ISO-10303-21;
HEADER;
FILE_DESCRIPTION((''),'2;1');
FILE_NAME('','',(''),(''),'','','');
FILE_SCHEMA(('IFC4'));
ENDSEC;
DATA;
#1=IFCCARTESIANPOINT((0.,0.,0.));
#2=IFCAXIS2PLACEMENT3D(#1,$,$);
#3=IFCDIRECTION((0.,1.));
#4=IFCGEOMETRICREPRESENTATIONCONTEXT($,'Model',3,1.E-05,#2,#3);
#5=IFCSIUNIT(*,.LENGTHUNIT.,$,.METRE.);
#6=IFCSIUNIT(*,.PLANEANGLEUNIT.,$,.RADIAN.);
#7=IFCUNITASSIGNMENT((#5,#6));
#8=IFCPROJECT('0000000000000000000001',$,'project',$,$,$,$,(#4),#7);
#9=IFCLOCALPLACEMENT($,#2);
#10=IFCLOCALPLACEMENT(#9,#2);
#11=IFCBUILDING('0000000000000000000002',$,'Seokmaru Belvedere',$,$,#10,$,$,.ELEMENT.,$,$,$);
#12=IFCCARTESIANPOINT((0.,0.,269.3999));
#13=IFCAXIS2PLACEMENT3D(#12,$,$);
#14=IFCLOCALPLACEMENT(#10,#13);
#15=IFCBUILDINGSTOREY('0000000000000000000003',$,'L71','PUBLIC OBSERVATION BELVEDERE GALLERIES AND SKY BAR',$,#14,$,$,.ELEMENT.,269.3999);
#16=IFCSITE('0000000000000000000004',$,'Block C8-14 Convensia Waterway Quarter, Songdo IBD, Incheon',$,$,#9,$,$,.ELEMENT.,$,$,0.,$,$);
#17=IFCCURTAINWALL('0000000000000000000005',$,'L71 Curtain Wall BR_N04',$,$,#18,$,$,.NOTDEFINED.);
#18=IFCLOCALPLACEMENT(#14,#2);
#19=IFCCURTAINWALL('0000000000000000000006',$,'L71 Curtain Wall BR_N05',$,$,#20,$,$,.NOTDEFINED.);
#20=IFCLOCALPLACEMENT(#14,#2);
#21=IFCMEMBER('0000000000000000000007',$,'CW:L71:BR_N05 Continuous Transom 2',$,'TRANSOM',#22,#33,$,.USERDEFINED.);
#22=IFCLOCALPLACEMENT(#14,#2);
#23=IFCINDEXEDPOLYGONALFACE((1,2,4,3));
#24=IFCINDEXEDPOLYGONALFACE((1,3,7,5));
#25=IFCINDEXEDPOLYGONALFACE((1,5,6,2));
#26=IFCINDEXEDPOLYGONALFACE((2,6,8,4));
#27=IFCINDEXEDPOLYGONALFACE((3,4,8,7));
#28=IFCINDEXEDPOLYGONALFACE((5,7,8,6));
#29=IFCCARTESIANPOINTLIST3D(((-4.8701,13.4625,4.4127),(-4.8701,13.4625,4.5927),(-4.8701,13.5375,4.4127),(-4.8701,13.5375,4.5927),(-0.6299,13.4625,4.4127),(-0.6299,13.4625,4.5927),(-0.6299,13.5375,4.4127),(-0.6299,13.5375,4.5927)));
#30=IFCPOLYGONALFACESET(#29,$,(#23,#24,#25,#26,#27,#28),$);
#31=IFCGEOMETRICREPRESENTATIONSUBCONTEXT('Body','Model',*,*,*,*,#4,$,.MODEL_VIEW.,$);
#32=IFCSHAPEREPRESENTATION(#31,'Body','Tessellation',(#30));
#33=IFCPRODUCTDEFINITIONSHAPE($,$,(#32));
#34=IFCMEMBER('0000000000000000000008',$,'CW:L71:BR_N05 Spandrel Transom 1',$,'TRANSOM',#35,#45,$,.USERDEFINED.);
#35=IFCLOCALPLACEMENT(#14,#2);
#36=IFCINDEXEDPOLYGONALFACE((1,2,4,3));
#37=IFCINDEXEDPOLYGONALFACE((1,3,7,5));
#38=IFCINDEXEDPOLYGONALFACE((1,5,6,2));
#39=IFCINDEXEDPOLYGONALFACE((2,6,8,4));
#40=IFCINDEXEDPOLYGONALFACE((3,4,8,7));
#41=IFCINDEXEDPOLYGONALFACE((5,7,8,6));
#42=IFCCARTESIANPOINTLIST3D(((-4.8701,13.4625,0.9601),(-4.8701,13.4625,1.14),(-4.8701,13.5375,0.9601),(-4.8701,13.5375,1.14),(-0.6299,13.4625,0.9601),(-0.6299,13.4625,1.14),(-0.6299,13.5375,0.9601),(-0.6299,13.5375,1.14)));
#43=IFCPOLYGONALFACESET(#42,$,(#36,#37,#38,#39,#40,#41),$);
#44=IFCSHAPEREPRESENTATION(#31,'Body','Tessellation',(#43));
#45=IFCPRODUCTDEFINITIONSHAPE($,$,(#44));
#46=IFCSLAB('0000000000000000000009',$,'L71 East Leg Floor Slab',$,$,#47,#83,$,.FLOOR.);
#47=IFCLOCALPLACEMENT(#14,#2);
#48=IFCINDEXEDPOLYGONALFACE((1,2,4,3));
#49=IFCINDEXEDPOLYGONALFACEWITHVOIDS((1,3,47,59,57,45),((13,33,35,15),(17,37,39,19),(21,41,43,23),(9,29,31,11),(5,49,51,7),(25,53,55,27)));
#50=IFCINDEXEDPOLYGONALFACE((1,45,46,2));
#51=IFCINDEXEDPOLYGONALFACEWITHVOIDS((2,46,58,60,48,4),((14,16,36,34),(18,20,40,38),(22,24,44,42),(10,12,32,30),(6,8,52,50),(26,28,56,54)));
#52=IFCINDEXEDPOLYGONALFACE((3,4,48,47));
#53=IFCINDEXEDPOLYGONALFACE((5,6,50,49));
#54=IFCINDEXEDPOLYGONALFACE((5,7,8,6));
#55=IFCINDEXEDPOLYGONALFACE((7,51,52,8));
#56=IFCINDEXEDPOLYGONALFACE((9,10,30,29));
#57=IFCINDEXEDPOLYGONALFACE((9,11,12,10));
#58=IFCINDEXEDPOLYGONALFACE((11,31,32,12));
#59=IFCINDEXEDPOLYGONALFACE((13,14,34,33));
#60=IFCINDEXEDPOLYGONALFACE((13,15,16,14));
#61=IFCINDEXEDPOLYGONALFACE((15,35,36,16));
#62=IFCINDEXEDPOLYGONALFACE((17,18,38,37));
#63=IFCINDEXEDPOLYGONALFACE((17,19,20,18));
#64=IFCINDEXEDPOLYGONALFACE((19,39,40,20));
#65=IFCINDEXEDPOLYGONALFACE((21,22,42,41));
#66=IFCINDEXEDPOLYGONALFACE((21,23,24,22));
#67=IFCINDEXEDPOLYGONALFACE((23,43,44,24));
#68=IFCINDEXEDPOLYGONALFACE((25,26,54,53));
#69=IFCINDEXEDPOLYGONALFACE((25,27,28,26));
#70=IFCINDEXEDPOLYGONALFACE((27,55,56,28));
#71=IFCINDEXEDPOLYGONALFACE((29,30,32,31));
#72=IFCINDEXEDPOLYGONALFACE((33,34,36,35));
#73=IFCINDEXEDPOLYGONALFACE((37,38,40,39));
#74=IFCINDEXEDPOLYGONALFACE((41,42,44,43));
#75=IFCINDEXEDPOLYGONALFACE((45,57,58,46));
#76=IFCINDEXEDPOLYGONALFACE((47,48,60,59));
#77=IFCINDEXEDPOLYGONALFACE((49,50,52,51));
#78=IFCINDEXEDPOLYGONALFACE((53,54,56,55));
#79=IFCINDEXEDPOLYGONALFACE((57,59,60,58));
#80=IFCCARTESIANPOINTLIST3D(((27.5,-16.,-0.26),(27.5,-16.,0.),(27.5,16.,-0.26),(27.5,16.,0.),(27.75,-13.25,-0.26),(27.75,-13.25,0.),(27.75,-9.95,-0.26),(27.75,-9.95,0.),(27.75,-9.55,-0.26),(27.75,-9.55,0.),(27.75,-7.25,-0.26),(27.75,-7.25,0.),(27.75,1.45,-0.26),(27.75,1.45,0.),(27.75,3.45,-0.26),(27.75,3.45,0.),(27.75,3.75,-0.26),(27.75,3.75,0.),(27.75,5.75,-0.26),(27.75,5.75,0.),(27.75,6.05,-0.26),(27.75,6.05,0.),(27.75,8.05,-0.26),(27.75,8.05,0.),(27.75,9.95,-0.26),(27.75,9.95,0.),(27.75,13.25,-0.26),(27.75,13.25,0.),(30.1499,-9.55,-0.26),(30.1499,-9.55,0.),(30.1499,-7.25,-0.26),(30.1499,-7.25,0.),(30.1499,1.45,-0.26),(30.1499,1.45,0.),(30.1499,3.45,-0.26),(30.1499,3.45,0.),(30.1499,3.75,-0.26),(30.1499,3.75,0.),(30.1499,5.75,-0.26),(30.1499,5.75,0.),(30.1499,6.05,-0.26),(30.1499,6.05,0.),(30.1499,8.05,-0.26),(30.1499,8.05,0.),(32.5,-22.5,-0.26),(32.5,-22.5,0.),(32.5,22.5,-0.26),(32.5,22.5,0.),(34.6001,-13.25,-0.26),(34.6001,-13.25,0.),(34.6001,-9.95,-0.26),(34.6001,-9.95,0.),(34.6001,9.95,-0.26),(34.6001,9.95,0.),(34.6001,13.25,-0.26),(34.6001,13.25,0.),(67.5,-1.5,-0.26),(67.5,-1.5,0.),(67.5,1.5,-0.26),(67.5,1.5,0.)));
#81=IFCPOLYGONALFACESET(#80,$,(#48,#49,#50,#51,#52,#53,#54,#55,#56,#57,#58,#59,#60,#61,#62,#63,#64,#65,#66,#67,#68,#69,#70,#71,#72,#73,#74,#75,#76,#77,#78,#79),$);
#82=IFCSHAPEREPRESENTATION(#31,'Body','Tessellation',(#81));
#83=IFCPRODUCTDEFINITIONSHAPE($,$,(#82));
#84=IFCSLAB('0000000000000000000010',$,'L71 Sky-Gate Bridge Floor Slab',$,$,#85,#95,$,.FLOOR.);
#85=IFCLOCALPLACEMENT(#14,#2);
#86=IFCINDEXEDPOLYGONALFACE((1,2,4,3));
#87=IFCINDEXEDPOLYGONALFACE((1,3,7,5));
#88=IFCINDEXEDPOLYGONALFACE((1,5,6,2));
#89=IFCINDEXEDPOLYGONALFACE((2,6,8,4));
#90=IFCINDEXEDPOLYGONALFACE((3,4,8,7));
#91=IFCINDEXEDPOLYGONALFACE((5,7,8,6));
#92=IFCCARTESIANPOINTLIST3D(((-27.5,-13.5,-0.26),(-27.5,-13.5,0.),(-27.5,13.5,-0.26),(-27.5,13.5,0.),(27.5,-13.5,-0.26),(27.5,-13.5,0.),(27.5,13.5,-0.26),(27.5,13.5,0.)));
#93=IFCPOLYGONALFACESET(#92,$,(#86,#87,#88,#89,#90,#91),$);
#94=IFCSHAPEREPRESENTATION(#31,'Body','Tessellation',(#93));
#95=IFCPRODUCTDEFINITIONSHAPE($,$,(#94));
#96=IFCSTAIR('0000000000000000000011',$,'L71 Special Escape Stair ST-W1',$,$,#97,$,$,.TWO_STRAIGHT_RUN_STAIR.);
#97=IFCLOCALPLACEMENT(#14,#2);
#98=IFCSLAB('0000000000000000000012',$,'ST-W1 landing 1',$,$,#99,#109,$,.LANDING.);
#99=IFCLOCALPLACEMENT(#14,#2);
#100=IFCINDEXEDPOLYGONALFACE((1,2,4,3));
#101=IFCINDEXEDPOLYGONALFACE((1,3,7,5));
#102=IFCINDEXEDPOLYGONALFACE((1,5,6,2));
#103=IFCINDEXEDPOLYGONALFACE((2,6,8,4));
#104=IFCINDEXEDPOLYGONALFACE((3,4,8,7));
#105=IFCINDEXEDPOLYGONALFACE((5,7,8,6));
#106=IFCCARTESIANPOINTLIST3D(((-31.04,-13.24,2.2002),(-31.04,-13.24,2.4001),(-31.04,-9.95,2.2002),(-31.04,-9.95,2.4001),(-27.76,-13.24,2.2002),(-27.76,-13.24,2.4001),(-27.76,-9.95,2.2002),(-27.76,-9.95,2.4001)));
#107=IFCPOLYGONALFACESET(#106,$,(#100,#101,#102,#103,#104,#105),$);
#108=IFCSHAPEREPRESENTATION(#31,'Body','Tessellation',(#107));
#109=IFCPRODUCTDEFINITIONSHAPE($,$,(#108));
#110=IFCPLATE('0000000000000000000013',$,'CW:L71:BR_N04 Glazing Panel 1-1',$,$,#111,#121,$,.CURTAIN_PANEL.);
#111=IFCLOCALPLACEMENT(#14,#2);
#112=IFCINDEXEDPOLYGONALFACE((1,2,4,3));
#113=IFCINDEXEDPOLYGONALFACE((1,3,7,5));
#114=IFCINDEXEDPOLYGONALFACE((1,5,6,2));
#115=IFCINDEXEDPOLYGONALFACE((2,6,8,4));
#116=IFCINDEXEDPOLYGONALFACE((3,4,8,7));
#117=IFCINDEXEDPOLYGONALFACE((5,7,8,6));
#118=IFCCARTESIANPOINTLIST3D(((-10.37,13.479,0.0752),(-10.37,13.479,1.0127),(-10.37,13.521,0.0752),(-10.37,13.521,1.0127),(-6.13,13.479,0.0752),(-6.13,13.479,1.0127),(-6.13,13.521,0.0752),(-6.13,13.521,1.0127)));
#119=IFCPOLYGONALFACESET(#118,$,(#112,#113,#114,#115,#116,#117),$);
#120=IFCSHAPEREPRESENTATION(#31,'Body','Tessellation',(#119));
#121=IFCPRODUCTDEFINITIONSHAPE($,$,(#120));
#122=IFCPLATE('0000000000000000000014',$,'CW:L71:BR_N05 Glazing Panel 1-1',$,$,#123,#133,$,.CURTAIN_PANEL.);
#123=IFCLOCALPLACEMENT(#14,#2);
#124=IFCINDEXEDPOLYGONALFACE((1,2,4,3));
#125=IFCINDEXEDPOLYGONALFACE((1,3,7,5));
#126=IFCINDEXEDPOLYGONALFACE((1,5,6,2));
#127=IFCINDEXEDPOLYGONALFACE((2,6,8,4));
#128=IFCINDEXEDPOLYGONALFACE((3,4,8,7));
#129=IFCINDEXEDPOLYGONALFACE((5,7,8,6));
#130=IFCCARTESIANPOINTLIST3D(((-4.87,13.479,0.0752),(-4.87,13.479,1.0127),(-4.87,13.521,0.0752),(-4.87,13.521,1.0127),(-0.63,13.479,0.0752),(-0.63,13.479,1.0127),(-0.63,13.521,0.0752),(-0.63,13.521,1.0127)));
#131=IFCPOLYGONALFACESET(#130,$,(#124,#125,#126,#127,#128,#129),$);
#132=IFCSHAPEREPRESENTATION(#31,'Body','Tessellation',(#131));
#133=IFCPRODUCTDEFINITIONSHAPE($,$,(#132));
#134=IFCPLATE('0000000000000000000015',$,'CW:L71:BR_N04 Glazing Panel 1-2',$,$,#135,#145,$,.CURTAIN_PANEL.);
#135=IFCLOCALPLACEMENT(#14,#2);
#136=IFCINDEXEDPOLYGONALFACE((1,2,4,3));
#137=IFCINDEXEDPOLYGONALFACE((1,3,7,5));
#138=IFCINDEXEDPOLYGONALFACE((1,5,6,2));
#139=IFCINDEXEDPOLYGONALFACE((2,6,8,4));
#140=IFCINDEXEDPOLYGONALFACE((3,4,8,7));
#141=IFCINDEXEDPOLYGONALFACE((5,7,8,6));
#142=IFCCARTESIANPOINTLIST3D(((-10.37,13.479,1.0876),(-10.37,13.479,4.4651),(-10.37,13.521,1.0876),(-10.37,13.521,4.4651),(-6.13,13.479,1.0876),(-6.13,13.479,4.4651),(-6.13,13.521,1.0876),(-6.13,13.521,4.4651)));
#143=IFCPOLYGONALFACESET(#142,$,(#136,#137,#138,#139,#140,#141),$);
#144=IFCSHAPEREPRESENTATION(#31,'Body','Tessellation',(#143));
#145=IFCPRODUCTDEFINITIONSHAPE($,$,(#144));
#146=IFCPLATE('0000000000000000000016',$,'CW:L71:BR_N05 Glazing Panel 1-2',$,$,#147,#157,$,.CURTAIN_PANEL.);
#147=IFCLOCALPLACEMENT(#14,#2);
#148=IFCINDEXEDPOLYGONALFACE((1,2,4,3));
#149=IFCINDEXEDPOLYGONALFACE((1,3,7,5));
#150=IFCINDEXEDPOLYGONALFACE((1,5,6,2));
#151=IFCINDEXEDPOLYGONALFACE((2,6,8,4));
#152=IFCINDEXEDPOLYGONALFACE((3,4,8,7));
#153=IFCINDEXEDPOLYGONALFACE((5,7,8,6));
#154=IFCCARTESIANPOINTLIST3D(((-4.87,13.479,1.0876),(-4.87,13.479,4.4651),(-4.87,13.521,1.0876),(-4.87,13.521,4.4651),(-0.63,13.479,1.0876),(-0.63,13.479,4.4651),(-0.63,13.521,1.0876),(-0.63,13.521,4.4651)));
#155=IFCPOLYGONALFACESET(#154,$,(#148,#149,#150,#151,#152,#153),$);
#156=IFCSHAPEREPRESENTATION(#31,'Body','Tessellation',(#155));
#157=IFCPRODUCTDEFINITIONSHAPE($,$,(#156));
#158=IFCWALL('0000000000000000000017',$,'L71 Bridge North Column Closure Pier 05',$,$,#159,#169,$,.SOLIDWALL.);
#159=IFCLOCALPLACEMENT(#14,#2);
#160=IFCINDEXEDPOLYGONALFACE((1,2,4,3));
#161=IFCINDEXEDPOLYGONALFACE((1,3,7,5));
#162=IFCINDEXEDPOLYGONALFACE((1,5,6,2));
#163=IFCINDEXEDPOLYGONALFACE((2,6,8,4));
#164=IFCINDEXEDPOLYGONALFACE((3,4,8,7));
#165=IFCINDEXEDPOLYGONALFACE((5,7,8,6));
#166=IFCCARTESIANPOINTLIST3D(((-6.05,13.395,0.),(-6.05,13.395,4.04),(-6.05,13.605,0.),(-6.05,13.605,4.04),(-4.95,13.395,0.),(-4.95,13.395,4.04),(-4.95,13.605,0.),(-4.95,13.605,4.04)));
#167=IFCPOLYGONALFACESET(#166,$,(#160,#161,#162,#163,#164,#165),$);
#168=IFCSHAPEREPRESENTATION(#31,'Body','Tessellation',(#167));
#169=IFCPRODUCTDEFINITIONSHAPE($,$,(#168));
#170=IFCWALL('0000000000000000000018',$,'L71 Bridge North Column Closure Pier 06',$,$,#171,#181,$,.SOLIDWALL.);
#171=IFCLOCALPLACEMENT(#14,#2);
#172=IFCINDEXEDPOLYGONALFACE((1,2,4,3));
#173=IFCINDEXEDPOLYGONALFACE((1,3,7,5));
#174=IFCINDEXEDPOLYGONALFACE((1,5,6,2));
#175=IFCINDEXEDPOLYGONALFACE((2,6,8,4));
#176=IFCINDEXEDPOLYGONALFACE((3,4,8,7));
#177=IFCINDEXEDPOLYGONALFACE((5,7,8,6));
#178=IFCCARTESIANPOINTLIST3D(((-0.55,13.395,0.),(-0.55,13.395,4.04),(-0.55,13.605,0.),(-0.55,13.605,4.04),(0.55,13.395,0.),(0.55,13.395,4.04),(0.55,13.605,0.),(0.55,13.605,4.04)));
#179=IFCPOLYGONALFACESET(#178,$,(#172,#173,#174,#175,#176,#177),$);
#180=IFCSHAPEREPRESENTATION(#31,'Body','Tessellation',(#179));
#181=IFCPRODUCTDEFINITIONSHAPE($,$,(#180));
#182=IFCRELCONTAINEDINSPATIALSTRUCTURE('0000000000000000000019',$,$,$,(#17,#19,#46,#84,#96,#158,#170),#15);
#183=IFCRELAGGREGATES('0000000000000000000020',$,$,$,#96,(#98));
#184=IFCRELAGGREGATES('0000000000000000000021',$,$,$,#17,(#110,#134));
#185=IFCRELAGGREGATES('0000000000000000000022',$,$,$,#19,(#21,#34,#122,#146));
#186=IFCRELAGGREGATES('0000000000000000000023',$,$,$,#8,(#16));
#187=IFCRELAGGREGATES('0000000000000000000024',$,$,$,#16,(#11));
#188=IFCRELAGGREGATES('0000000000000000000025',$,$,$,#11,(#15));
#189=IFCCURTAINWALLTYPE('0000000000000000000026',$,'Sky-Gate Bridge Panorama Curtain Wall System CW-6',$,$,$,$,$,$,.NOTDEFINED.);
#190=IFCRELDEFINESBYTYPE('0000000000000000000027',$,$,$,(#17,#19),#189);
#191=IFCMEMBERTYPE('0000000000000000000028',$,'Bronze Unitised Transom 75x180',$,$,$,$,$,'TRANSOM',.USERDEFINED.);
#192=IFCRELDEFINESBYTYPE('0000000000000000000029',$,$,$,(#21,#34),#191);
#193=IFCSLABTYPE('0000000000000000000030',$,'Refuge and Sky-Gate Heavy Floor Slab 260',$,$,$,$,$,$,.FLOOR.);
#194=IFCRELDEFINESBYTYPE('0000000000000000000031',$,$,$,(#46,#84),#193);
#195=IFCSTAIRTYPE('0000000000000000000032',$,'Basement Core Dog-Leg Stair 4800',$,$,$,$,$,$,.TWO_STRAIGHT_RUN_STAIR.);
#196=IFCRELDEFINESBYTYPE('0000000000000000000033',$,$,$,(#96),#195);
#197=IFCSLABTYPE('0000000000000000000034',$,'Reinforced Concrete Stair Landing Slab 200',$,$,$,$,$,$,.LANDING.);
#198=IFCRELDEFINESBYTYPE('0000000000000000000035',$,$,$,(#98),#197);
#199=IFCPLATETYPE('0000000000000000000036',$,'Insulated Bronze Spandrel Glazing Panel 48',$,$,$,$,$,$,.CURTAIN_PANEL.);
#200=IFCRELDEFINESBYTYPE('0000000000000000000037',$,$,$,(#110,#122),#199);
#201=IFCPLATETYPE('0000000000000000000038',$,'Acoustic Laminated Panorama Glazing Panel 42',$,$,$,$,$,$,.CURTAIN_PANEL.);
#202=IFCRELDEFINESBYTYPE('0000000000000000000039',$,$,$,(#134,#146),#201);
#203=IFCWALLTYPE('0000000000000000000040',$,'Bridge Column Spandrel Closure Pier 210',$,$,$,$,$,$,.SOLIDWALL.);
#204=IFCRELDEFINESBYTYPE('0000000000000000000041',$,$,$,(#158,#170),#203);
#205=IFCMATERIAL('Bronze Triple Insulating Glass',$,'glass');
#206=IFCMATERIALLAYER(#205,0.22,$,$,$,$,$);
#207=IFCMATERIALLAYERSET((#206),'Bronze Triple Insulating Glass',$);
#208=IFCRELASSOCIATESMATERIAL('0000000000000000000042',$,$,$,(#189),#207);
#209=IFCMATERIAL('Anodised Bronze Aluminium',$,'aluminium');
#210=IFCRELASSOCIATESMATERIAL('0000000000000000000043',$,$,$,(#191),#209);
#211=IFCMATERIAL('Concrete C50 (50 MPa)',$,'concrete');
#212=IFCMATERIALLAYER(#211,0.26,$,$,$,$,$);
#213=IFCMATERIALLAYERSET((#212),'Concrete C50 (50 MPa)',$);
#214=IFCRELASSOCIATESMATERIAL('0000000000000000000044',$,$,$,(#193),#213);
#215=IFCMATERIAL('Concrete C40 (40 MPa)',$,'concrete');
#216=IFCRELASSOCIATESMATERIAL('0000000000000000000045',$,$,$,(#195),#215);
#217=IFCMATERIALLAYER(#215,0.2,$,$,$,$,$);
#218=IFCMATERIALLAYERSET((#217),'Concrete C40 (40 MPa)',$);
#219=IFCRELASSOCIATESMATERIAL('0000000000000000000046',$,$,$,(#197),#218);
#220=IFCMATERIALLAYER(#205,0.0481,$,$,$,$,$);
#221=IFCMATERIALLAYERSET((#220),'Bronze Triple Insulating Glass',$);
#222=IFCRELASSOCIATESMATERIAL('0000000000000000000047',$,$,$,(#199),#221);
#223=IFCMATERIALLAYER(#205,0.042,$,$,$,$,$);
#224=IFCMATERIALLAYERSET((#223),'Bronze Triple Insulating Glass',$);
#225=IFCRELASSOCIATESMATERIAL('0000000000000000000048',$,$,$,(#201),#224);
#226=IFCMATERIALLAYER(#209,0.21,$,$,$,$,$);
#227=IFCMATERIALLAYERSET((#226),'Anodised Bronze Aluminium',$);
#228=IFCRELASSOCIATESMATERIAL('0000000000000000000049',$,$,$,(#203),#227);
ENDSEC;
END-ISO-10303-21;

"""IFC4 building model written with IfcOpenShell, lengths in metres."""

from ifc_helpers import new_model, si_unit, direction, frame, frame_2d, origin, origin_2d, place, context, subcontext, project, spatial, polyline, rectangle, outline, extrude, source, transform, mapped, material, layer, layer_set, material_profile, profile_set, type_object, type_shapes, element, aggregate, save


model = new_model("IFC4")

# Units and contexts
model_context = context("Model", 3, precision=1e-05, world=origin(), true_north=direction((0.0, 1.0)))
body_context = subcontext(model_context, "Body", "Model", "MODEL_VIEW")
ifc_project = project(units=[si_unit("LENGTHUNIT", "METRE"), si_unit("PLANEANGLEUNIT", "RADIAN")], contexts=[model_context])

# Site, building, storey
site_placement = place(None, origin())
site = spatial("IfcSite", under=ifc_project, at=site_placement, Name="Block C8-14 Convensia Waterway Quarter, Songdo IBD, Incheon", CompositionType="ELEMENT", RefElevation=0.0)
building_placement = place(site_placement, origin())
building = spatial("IfcBuilding", under=site, at=building_placement, Name="Seokmaru Belvedere", CompositionType="ELEMENT")
storey_placement = place(building_placement, frame((0.0, 0.0, 269.3999)))
storey = spatial("IfcBuildingStorey", under=building, at=storey_placement, Name="L71", Description="PUBLIC OBSERVATION BELVEDERE GALLERIES AND SKY BAR", CompositionType="ELEMENT", Elevation=269.3999)

# Curtain wall
ifc_material_1 = material(Name="Bronze Triple Insulating Glass", Category="glass")
ifc_layer_1 = layer(ifc_material_1, 0.22)
ifc_layer_set_1 = layer_set([ifc_layer_1], Name="Bronze Triple Insulating Glass")
curtain_wall_type = type_object("IfcCurtainWallType", Name="Sky-Gate Bridge Panorama Curtain Wall System CW-6", PredefinedType="NOTDEFINED", material=ifc_layer_set_1)
curtain_wall_1_placement = place(storey_placement, origin())
curtain_wall_1 = element("IfcCurtainWall", 1, at=curtain_wall_1_placement, inside=storey, type_object=curtain_wall_type, Name="L71 Curtain Wall BR_N04", PredefinedType="NOTDEFINED")
ifc_material_2 = material(Name="Anodised Bronze Aluminium", Category="aluminium")

# Curtain wall
curtain_wall_2_placement = place(storey_placement, origin())
curtain_wall_2 = element("IfcCurtainWall", 2, at=curtain_wall_2_placement, inside=storey, type_object=curtain_wall_type, Name="L71 Curtain Wall BR_N05", PredefinedType="NOTDEFINED")

# Members
ifc_material_profile_1 = material_profile(ifc_material_2, rectangle(XDim=0.075, YDim=0.1799, at=origin_2d()), Name="CW-T-75x180")
ifc_profile_set_1 = profile_set([ifc_material_profile_1], Name="Anodised Bronze Aluminium")
member_type_1 = type_object("IfcMemberType", Name="Bronze Unitised Transom 75x180", ElementType="TRANSOM", PredefinedType="USERDEFINED", material=ifc_profile_set_1)
shared_shape_1 = source(origin(), body_context, "Body", "SweptSolid", [
    extrude(rectangle(XDim=0.075, YDim=0.1799, at=origin_2d()), origin(), (0.0, 0.0, 1.0), 4.2402),
])
type_shapes(member_type_1, [shared_shape_1])
member_1_placement = place(storey_placement, frame((-0.6299, 13.5, 4.5027), z_axis=(-1.0, 0.0, 0.0), x_axis=(0.0, -1.0, 0.0)))
member_1 = element("IfcMember", 3, at=member_1_placement, type_object=member_type_1, Name="CW:L71:BR_N05 Continuous Transom 2", ObjectType="TRANSOM", PredefinedType="USERDEFINED", context=body_context, shape_type="MappedRepresentation", body=[
    mapped(shared_shape_1, transform((0.0, 0.0, 0.0), scale=1.0)),
])
member_2_placement = place(storey_placement, frame((-0.6299, 13.5, 1.05), z_axis=(-1.0, 0.0, 0.0), x_axis=(0.0, -1.0, 0.0)))
member_2 = element("IfcMember", 4, at=member_2_placement, type_object=member_type_1, Name="CW:L71:BR_N05 Spandrel Transom 1", ObjectType="TRANSOM", PredefinedType="USERDEFINED", context=body_context, shape_type="MappedRepresentation", body=[
    mapped(shared_shape_1, transform((0.0, 0.0, 0.0), scale=1.0)),
])

# Slabs
ifc_material_3 = material(Name="Concrete C50 (50 MPa)", Category="concrete")
ifc_layer_2 = layer(ifc_material_3, 0.26)
ifc_layer_set_2 = layer_set([ifc_layer_2], Name="Concrete C50 (50 MPa)")
slab_type_1 = type_object("IfcSlabType", Name="Refuge and Sky-Gate Heavy Floor Slab 260", PredefinedType="FLOOR", material=ifc_layer_set_2)
slab_1_placement = place(storey_placement, frame((0.0, 0.0, -0.26)))
element("IfcSlab", 5, at=slab_1_placement, inside=storey, type_object=slab_type_1, Name="L71 East Leg Floor Slab", PredefinedType="FLOOR", context=body_context, shape_type="SweptSolid", body=[
    extrude(outline(polyline([(32.5, -22.5), (67.5, -1.5), (67.5, 1.5), (32.5, 22.5), (27.5, 16.0), (27.5, -16.0), (32.5, -22.5)]), holes=[polyline([(27.75, -13.25), (34.6001, -13.25), (34.6001, -9.95), (27.75, -9.95), (27.75, -13.25)]), polyline([(27.75, 9.95), (34.6001, 9.95), (34.6001, 13.25), (27.75, 13.25), (27.75, 9.95)]), polyline([(27.75, -9.55), (30.1499, -9.55), (30.1499, -7.25), (27.75, -7.25), (27.75, -9.55)]), polyline([(27.75, 1.45), (30.1499, 1.45), (30.1499, 3.45), (27.75, 3.45), (27.75, 1.45)]), polyline([(27.75, 3.75), (30.1499, 3.75), (30.1499, 5.75), (27.75, 5.75), (27.75, 3.75)]), polyline([(27.75, 6.05), (30.1499, 6.05), (30.1499, 8.05), (27.75, 8.05), (27.75, 6.05)])]), origin(), (0.0, 0.0, 1.0), 0.26),
])
slab_2_placement = place(storey_placement, frame((0.0, 0.0, -0.26)))
element("IfcSlab", 6, at=slab_2_placement, inside=storey, type_object=slab_type_1, Name="L71 Sky-Gate Bridge Floor Slab", PredefinedType="FLOOR", context=body_context, shape_type="SweptSolid", body=[
    extrude(outline(polyline([(-27.5, -13.5), (27.5, -13.5), (27.5, 13.5), (-27.5, 13.5), (-27.5, -13.5)])), origin(), (0.0, 0.0, 1.0), 0.26),
])

# Stair, slab
ifc_material_4 = material(Name="Concrete C40 (40 MPa)", Category="concrete")
stair_type = type_object("IfcStairType", Name="Basement Core Dog-Leg Stair 4800", PredefinedType="TWO_STRAIGHT_RUN_STAIR", material=ifc_material_4)
stair_placement = place(storey_placement, origin())
stair = element("IfcStair", 7, at=stair_placement, inside=storey, type_object=stair_type, Name="L71 Special Escape Stair ST-W1", PredefinedType="TWO_STRAIGHT_RUN_STAIR")
ifc_layer_3 = layer(ifc_material_4, 0.2)
ifc_layer_set_3 = layer_set([ifc_layer_3], Name="Concrete C40 (40 MPa)")
slab_type_2 = type_object("IfcSlabType", Name="Reinforced Concrete Stair Landing Slab 200", PredefinedType="LANDING", material=ifc_layer_set_3)
slab_3_placement = place(storey_placement, frame((0.0, 0.0, 2.2002)))
slab_3 = element("IfcSlab", 8, at=slab_3_placement, type_object=slab_type_2, Name="ST-W1 landing 1", PredefinedType="LANDING", context=body_context, shape_type="SweptSolid", body=[
    extrude(outline(polyline([(-31.04, -13.24), (-27.76, -13.24), (-27.76, -9.95), (-31.04, -9.95), (-31.04, -13.24)])), origin(), (0.0, 0.0, 1.0), 0.2),
])
aggregate(stair, [slab_3])

# Plates
ifc_layer_4 = layer(ifc_material_1, 0.0481)
ifc_layer_set_4 = layer_set([ifc_layer_4], Name="Bronze Triple Insulating Glass")
plate_type_1 = type_object("IfcPlateType", Name="Insulated Bronze Spandrel Glazing Panel 48", PredefinedType="CURTAIN_PANEL", material=ifc_layer_set_4)
shared_shape_2 = source(origin(), body_context, "Body", "SweptSolid", [
    extrude(rectangle(XDim=4.24, YDim=0.042, at=origin_2d()), origin(), (0.0, 0.0, 1.0), 0.9375),
])
type_shapes(plate_type_1, [shared_shape_2])
plate_1_placement = place(storey_placement, frame((-8.25, 13.5, 0.0752), z_axis=(0.0, 0.0, 1.0), x_axis=(-1.0, 0.0, 0.0)))
plate_1 = element("IfcPlate", 9, at=plate_1_placement, type_object=plate_type_1, Name="CW:L71:BR_N04 Glazing Panel 1-1", PredefinedType="CURTAIN_PANEL", context=body_context, shape_type="MappedRepresentation", body=[
    mapped(shared_shape_2, transform((0.0, 0.0, 0.0), scale=1.0)),
])
plate_2_placement = place(storey_placement, frame((-2.75, 13.5, 0.0752), z_axis=(0.0, 0.0, 1.0), x_axis=(-1.0, 0.0, 0.0)))
plate_2 = element("IfcPlate", 10, at=plate_2_placement, type_object=plate_type_1, Name="CW:L71:BR_N05 Glazing Panel 1-1", PredefinedType="CURTAIN_PANEL", context=body_context, shape_type="MappedRepresentation", body=[
    mapped(shared_shape_2, transform((0.0, 0.0, 0.0), scale=1.0)),
])
ifc_layer_5 = layer(ifc_material_1, 0.042)
ifc_layer_set_5 = layer_set([ifc_layer_5], Name="Bronze Triple Insulating Glass")
plate_type_2 = type_object("IfcPlateType", Name="Acoustic Laminated Panorama Glazing Panel 42", PredefinedType="CURTAIN_PANEL", material=ifc_layer_set_5)
shared_shape_3 = source(origin(), body_context, "Body", "SweptSolid", [
    extrude(rectangle(XDim=4.24, YDim=0.042, at=origin_2d()), origin(), (0.0, 0.0, 1.0), 3.3774),
])
type_shapes(plate_type_2, [shared_shape_3])
plate_3_placement = place(storey_placement, frame((-8.25, 13.5, 1.0876), z_axis=(0.0, 0.0, 1.0), x_axis=(-1.0, 0.0, 0.0)))
plate_3 = element("IfcPlate", 11, at=plate_3_placement, type_object=plate_type_2, Name="CW:L71:BR_N04 Glazing Panel 1-2", PredefinedType="CURTAIN_PANEL", context=body_context, shape_type="MappedRepresentation", body=[
    mapped(shared_shape_3, transform((0.0, 0.0, 0.0), scale=1.0)),
])
aggregate(curtain_wall_1, [plate_1, plate_3])
plate_4_placement = place(storey_placement, frame((-2.75, 13.5, 1.0876), z_axis=(0.0, 0.0, 1.0), x_axis=(-1.0, 0.0, 0.0)))
plate_4 = element("IfcPlate", 12, at=plate_4_placement, type_object=plate_type_2, Name="CW:L71:BR_N05 Glazing Panel 1-2", PredefinedType="CURTAIN_PANEL", context=body_context, shape_type="MappedRepresentation", body=[
    mapped(shared_shape_3, transform((0.0, 0.0, 0.0), scale=1.0)),
])
aggregate(curtain_wall_2, [member_1, member_2, plate_2, plate_4])

# Walls
ifc_layer_6 = layer(ifc_material_2, 0.21)
ifc_layer_set_6 = layer_set([ifc_layer_6], Name="Anodised Bronze Aluminium")
wall_type = type_object("IfcWallType", Name="Bridge Column Spandrel Closure Pier 210", PredefinedType="SOLIDWALL", material=ifc_layer_set_6)
for number, where, z_axis, x_axis, name in (
    (13, (-6.05, 13.5, 0.0), (0.0, 0.0, 1.0), (1.0, 0.0, 0.0), "L71 Bridge North Column Closure Pier 05"),
    (14, (-0.55, 13.5, 0.0), (0.0, 0.0, 1.0), (1.0, 0.0, 0.0), "L71 Bridge North Column Closure Pier 06"),
):
    element("IfcWall", number, at=place(storey_placement, frame(where, z_axis=z_axis, x_axis=x_axis)), inside=storey, type_object=wall_type, Name=name, PredefinedType="SOLIDWALL", context=body_context, shape_type="SweptSolid", body=[
        extrude(rectangle(XDim=1.1001, YDim=0.21, at=frame_2d((0.55, 0.0))), origin(), (0.0, 0.0, 1.0), 4.04),
    ])

save(model, "model.ifc")
